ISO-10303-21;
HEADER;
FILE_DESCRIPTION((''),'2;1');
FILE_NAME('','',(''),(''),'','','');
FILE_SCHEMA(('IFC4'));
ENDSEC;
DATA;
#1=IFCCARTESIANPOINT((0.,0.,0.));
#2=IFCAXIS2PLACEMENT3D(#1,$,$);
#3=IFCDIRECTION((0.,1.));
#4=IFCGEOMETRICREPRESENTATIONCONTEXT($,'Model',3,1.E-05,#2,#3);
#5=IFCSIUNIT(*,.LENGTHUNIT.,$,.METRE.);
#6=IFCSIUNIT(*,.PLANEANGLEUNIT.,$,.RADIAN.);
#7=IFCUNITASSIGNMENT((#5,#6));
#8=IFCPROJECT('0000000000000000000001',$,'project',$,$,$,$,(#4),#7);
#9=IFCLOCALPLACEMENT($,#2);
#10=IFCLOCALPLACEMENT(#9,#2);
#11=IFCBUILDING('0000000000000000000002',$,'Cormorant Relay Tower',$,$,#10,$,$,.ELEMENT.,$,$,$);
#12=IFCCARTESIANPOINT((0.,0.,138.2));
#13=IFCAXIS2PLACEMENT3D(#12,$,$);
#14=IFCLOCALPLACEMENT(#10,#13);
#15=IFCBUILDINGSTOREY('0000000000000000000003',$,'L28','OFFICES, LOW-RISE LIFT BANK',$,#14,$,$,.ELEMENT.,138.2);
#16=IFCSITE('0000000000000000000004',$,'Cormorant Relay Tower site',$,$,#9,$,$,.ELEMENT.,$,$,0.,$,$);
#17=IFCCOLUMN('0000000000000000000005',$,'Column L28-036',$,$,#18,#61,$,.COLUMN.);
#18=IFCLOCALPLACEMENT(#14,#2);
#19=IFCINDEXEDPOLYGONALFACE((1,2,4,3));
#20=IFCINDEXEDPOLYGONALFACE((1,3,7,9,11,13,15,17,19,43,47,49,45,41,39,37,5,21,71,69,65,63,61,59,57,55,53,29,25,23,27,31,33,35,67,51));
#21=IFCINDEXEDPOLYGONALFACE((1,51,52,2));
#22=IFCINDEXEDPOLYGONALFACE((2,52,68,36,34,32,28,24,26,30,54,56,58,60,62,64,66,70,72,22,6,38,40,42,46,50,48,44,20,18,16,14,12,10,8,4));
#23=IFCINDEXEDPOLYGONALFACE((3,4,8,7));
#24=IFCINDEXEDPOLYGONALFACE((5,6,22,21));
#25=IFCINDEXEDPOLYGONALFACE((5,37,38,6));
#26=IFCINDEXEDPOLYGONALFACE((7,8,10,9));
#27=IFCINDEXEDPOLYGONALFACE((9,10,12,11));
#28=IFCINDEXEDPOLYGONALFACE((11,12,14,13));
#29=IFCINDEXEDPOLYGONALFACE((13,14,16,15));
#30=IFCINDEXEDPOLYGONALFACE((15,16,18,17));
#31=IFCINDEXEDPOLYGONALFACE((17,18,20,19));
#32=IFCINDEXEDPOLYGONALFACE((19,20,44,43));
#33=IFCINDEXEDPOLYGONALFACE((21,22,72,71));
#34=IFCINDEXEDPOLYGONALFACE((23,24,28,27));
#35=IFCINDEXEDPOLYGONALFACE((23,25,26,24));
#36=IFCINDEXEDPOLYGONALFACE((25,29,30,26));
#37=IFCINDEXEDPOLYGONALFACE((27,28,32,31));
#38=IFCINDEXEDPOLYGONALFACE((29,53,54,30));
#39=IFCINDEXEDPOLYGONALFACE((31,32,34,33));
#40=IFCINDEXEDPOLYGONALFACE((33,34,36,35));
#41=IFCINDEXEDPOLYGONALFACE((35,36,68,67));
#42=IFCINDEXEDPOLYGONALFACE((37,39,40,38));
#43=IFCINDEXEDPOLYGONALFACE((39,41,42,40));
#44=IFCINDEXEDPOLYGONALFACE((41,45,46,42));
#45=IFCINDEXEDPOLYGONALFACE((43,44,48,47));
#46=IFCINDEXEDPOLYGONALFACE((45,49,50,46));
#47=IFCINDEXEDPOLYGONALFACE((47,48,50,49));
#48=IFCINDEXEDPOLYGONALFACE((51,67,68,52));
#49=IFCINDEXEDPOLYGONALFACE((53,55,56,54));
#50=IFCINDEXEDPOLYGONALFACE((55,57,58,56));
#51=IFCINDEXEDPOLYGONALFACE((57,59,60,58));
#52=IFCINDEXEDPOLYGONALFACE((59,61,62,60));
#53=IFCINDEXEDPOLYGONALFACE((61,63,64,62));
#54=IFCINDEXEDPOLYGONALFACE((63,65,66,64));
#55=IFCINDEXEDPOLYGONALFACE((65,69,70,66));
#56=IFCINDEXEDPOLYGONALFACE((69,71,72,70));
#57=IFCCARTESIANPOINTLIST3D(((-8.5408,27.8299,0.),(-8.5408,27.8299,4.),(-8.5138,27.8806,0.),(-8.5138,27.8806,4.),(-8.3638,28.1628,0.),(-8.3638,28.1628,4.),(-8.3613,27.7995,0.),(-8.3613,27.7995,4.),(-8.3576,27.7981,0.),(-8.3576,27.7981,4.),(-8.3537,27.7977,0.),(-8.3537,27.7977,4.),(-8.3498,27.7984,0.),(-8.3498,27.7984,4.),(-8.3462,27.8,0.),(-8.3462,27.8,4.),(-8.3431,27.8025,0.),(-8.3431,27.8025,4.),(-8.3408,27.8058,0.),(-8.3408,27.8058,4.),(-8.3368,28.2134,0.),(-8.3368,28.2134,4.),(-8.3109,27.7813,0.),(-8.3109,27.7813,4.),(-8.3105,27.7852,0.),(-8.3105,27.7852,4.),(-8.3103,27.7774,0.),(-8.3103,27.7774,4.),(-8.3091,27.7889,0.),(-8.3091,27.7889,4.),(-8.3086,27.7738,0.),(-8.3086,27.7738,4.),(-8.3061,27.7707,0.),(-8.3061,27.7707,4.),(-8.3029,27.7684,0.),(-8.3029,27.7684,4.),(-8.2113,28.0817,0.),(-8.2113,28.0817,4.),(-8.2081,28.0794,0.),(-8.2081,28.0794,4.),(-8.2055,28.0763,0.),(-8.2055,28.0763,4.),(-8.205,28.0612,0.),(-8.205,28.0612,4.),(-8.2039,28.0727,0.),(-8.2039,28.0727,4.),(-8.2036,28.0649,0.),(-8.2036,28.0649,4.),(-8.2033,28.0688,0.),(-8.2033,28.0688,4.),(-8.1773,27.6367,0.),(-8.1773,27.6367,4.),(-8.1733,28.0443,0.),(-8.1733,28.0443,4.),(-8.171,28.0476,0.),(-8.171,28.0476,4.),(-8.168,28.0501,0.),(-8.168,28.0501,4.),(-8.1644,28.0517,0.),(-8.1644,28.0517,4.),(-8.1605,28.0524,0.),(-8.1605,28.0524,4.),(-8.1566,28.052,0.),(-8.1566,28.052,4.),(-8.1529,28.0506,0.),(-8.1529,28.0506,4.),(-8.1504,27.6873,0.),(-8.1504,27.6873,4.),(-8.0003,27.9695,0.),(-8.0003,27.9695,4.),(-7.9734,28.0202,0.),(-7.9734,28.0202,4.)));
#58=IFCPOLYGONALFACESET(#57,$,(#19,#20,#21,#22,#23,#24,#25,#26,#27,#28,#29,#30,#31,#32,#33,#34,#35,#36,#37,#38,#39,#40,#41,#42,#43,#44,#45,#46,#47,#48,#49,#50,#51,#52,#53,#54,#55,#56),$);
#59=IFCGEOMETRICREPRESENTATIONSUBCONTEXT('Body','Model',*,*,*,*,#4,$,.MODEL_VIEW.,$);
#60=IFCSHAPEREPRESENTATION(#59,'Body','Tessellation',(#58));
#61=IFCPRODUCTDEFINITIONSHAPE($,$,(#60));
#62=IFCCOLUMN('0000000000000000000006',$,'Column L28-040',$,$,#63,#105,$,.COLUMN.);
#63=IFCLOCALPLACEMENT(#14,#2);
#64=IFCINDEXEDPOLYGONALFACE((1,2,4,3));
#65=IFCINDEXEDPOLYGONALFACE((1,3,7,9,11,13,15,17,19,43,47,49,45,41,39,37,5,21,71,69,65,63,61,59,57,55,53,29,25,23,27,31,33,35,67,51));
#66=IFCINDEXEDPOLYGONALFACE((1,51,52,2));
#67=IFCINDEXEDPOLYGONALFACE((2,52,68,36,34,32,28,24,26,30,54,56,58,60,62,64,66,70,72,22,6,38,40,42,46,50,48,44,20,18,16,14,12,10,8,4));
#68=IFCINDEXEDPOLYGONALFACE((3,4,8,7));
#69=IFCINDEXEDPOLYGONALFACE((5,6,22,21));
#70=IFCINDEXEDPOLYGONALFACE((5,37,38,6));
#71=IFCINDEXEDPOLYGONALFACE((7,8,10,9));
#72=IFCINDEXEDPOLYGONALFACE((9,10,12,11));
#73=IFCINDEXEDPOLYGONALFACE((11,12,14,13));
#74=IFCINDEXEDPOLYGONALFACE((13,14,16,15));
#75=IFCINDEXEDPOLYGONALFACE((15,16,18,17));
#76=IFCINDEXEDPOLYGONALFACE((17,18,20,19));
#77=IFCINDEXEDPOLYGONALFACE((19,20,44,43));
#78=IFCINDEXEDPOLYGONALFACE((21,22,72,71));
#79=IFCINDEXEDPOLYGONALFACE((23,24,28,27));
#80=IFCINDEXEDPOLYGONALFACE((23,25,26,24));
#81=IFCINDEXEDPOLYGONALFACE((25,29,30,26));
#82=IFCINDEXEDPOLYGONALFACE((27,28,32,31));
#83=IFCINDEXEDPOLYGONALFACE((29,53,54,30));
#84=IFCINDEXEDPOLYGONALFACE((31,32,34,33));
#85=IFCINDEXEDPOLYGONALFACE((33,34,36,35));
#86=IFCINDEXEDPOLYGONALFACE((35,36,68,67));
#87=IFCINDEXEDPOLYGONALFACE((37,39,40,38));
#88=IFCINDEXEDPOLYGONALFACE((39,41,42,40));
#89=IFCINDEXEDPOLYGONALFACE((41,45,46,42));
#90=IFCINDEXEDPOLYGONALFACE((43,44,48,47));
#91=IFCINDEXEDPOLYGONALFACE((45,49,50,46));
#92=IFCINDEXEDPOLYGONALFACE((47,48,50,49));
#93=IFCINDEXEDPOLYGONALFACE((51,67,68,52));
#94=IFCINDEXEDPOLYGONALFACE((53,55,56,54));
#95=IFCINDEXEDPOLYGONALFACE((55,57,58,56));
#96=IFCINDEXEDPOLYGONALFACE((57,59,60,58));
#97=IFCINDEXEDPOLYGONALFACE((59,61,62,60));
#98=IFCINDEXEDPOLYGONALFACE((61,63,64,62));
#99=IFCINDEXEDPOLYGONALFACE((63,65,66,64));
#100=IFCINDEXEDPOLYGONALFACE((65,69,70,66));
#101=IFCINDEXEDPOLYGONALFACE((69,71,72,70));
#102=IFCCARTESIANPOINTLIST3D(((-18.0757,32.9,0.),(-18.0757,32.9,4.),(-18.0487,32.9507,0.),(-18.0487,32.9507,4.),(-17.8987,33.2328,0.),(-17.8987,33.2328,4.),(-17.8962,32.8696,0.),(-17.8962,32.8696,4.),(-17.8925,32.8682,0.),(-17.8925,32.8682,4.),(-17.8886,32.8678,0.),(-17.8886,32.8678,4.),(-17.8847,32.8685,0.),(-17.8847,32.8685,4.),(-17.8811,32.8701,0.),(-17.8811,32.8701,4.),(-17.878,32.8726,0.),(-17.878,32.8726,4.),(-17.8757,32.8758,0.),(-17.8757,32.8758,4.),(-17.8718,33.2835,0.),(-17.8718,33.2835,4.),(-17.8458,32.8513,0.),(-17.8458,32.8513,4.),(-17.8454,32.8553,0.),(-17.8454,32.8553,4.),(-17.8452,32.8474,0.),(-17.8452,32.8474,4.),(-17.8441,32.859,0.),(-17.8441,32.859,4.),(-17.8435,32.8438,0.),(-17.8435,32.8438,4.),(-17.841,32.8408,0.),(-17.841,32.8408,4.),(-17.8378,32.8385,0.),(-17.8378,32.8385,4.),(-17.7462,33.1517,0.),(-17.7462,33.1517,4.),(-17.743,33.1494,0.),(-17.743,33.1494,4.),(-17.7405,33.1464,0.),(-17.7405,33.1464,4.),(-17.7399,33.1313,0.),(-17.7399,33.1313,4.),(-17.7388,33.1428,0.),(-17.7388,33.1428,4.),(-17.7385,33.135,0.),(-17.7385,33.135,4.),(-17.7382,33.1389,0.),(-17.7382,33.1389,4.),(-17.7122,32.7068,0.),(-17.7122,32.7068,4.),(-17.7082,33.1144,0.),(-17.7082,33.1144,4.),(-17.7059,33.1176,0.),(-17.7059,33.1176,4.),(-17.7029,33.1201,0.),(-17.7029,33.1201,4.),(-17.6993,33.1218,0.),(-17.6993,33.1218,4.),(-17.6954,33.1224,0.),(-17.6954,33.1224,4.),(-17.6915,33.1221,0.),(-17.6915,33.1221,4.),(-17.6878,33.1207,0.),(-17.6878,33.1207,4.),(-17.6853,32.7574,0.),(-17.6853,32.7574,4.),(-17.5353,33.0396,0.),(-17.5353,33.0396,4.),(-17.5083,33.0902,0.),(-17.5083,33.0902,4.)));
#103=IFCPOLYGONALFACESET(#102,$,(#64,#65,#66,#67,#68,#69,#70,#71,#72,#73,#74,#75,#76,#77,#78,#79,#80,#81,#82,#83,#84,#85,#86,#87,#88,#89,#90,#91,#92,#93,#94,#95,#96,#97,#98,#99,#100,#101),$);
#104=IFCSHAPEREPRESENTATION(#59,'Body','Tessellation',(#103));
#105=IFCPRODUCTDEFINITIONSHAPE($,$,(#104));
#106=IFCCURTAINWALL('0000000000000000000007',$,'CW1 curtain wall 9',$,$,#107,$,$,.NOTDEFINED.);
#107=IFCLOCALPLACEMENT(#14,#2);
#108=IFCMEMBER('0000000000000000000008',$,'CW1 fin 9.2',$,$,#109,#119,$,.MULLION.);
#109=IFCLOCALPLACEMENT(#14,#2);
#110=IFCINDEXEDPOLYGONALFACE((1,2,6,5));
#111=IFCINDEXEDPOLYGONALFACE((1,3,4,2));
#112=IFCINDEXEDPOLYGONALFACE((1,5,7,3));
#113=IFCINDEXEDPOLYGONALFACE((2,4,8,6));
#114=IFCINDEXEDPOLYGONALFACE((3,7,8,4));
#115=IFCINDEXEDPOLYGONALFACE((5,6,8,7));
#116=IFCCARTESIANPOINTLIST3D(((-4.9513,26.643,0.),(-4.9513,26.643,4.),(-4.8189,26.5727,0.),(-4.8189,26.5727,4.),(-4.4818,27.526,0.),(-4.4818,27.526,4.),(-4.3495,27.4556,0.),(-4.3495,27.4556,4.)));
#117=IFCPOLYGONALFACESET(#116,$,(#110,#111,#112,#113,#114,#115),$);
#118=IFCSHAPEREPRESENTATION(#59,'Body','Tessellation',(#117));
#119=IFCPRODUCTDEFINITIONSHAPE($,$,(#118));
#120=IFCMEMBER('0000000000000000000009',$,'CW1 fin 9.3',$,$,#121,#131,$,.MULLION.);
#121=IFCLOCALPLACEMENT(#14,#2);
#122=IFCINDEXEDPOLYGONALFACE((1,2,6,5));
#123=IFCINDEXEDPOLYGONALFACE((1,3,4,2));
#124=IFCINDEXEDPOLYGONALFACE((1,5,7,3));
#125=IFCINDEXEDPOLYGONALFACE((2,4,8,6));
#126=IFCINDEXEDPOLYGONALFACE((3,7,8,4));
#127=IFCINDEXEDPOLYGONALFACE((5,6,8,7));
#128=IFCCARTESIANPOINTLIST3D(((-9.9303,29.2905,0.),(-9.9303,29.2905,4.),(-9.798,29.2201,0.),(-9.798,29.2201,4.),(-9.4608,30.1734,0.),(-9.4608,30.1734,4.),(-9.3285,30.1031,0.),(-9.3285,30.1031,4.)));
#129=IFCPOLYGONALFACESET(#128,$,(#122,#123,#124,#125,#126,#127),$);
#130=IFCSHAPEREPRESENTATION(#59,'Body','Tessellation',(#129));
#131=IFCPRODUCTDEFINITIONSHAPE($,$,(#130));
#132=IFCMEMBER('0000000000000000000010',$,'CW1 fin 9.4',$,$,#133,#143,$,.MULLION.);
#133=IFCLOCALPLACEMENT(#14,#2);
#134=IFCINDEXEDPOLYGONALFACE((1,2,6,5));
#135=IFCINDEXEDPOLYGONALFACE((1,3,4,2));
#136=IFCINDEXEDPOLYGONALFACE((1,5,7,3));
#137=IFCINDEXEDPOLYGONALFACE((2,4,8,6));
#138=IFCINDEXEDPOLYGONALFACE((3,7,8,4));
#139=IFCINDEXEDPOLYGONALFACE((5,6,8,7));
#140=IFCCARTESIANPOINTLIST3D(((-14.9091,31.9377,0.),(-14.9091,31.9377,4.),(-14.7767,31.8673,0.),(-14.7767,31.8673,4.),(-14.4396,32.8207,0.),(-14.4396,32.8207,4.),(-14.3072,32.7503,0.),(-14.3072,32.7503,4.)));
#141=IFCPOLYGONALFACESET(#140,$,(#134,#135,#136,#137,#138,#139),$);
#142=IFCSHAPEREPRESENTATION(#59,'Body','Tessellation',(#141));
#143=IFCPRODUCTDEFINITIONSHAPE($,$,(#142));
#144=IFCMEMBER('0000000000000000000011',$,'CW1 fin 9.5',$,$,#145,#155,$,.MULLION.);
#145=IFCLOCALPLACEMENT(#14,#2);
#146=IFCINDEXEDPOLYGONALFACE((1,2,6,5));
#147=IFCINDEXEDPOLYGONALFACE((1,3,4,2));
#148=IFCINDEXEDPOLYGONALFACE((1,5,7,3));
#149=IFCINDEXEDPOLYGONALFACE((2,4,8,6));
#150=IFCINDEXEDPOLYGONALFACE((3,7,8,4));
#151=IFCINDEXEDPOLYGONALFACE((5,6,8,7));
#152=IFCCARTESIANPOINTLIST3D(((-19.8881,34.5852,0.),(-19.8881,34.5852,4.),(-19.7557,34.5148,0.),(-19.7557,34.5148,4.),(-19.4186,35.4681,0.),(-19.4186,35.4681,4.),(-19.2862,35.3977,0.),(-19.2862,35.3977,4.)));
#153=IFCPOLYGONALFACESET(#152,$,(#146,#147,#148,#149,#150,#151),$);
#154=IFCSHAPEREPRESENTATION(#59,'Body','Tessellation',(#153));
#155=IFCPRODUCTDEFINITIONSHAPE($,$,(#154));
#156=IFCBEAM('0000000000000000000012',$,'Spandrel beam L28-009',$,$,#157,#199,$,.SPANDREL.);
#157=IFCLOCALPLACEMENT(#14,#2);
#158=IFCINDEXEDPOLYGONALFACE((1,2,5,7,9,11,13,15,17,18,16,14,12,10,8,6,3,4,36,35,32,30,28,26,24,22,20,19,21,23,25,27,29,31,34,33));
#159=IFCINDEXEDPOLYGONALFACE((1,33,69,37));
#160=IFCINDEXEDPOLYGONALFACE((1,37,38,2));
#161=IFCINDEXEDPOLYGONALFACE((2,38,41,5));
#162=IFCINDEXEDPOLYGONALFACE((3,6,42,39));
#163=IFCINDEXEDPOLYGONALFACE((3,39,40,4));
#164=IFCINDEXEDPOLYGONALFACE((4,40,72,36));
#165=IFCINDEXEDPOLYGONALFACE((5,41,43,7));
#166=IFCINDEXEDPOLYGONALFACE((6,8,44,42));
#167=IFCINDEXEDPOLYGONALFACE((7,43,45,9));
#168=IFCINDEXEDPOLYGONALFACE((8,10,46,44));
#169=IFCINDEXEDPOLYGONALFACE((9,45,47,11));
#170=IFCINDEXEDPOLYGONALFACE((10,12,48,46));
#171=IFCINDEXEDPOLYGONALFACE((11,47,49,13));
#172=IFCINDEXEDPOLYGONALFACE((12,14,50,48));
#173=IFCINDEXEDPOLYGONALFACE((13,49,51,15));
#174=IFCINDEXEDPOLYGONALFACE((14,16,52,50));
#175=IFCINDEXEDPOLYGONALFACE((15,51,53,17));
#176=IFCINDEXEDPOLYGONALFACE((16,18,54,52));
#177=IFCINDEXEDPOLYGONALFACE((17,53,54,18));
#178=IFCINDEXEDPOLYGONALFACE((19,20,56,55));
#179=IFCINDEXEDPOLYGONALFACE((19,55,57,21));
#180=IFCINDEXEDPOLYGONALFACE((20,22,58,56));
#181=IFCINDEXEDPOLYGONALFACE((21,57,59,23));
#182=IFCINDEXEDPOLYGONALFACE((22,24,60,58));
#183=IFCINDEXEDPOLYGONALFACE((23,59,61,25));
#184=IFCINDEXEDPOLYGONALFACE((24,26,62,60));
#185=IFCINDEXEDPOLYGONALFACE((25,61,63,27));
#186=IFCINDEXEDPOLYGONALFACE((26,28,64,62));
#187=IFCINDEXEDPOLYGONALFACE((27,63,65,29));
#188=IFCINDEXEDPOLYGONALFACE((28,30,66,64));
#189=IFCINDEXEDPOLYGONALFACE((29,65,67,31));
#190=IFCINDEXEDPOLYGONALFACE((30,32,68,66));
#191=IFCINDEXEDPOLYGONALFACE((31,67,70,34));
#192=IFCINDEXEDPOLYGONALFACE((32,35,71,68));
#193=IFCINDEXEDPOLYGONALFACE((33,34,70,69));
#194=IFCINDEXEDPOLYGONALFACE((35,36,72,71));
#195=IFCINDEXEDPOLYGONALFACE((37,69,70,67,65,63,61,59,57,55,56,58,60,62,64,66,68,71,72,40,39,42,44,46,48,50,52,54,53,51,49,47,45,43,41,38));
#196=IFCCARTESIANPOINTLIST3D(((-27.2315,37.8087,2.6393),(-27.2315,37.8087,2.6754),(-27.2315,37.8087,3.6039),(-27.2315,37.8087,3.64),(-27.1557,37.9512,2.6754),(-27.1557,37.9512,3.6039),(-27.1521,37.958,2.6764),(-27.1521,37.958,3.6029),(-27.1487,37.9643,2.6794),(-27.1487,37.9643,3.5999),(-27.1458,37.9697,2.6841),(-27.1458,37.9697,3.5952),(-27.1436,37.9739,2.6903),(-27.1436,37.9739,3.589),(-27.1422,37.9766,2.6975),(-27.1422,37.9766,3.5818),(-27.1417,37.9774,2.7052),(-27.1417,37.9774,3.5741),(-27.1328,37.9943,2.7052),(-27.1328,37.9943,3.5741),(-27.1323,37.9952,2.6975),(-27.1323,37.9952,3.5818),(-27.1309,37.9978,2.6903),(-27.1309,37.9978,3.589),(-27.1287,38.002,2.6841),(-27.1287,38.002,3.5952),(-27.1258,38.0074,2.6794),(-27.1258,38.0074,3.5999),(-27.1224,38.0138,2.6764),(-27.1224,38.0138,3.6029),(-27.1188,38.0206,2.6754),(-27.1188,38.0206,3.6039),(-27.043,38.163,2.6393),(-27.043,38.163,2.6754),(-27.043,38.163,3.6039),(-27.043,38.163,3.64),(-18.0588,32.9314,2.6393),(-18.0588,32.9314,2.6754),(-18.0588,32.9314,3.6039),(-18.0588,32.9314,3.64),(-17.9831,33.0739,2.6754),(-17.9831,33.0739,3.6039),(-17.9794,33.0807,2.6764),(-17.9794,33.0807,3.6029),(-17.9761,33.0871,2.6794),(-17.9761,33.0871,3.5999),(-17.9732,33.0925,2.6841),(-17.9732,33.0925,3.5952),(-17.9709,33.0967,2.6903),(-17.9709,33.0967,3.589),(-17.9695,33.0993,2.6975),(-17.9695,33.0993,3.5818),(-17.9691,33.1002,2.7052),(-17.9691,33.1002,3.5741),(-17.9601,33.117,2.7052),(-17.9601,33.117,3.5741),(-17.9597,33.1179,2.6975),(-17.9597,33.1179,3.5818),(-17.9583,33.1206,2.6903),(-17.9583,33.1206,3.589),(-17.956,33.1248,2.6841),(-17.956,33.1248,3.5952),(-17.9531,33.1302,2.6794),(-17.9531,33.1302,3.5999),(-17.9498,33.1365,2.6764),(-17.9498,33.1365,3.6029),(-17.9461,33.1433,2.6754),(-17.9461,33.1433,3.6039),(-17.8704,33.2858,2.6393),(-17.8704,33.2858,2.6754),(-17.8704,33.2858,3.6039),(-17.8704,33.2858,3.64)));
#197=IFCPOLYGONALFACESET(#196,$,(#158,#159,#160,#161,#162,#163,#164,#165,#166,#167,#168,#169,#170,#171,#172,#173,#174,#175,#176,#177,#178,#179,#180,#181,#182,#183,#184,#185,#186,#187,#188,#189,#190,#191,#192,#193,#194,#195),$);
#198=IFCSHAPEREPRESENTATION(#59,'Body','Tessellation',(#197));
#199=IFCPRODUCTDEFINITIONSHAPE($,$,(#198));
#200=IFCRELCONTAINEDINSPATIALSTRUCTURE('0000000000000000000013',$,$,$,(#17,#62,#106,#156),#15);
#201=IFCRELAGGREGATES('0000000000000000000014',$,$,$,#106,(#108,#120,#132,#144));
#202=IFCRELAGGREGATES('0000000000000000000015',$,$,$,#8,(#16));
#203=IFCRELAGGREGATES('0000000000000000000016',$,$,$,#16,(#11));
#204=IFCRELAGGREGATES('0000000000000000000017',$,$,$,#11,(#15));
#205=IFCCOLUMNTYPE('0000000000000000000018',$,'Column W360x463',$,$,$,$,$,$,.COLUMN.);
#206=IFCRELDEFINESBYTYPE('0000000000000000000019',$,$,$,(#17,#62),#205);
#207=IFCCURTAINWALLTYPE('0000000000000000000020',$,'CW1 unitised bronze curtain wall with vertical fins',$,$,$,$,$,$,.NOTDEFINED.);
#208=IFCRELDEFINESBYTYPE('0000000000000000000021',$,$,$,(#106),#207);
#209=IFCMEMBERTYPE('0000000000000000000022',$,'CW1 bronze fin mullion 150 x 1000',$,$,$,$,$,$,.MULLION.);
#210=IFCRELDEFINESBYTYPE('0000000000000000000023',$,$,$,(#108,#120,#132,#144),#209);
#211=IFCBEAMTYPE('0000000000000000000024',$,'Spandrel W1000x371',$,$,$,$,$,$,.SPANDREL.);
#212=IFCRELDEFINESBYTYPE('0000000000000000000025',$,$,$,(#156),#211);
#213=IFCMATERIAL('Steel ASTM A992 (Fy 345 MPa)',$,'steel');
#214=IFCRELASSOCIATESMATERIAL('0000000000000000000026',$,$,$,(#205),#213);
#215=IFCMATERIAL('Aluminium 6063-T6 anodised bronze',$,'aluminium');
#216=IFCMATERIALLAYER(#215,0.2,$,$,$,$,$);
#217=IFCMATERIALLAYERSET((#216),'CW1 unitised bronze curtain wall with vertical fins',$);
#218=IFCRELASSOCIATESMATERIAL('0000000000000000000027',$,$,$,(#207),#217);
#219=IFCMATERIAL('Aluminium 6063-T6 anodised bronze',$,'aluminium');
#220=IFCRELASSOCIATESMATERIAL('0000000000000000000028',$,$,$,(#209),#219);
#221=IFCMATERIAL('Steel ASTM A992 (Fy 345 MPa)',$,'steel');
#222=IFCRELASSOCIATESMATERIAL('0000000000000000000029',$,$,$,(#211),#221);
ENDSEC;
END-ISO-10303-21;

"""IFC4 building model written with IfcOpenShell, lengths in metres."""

from ifc_helpers import new_model, si_unit, direction, frame, origin, origin_2d, place, context, subcontext, project, spatial, rectangle, i_section, extrude, material, layer, layer_set, material_profile, profile_set, type_object, element, aggregate, save


model = new_model("IFC4")

# Units and contexts
model_context = context("Model", 3, precision=1e-05, world=origin(), true_north=direction((0.0, 1.0)))
body_context = subcontext(model_context, "Body", "Model", "MODEL_VIEW")
ifc_project = project(units=[si_unit("LENGTHUNIT", "METRE"), si_unit("PLANEANGLEUNIT", "RADIAN")], contexts=[model_context])

# Site, building, storey
site_placement = place(None, origin())
site = spatial("IfcSite", under=ifc_project, at=site_placement, Name="Cormorant Relay Tower site", CompositionType="ELEMENT", RefElevation=0.0)
building_placement = place(site_placement, origin())
building = spatial("IfcBuilding", under=site, at=building_placement, Name="Cormorant Relay Tower", CompositionType="ELEMENT")
storey_placement = place(building_placement, frame((0.0, 0.0, 138.2)))
storey = spatial("IfcBuildingStorey", under=building, at=storey_placement, Name="L28", Description="OFFICES, LOW-RISE LIFT BANK", CompositionType="ELEMENT", Elevation=138.2)

# Columns
ifc_material_1 = material(Name="Steel ASTM A992 (Fy 345 MPa)", Category="steel")
ifc_material_profile_1 = material_profile(ifc_material_1, i_section(OverallWidth=0.4116, OverallDepth=0.4343, WebThickness=0.0359, FlangeThickness=0.0574, FilletRadius=0.0151, at=origin_2d()), Name="W360x463")
ifc_profile_set_1 = profile_set([ifc_material_profile_1], Name="Steel ASTM A992 (Fy 345 MPa)")
column_type = type_object("IfcColumnType", Name="Column W360x463", PredefinedType="COLUMN", material=ifc_profile_set_1)
for number, where, z_axis, x_axis, name in (
    (1, (-8.2571, 27.925, 0.0), (0.0, 0.0, 1.0), (-0.882948, 0.469472, 0.0), "Column L28-036"),
    (2, (-17.792, 32.9951, 0.0), (0.0, 0.0, 1.0), (-0.882948, 0.469472, 0.0), "Column L28-040"),
):
    element("IfcColumn", number, at=place(storey_placement, frame(where, z_axis=z_axis, x_axis=x_axis)), inside=storey, type_object=column_type, Name=name, PredefinedType="COLUMN", context=body_context, shape_type="SweptSolid", body=[
        extrude(i_section(OverallWidth=0.4116, OverallDepth=0.4343, WebThickness=0.0359, FlangeThickness=0.0574, FilletRadius=0.0151, at=origin_2d()), origin(), (0.0, 0.0, 1.0), 4.0),
    ])

# Curtain wall, members
ifc_material_2 = material(Name="Aluminium 6063-T6 anodised bronze", Category="aluminium")
ifc_layer_1 = layer(ifc_material_2, 0.2)
ifc_layer_set_1 = layer_set([ifc_layer_1], Name="CW1 unitised bronze curtain wall with vertical fins")
curtain_wall_type = type_object("IfcCurtainWallType", Name="CW1 unitised bronze curtain wall with vertical fins", PredefinedType="NOTDEFINED", material=ifc_layer_set_1)
curtain_wall_placement = place(storey_placement, origin())
curtain_wall = element("IfcCurtainWall", 3, at=curtain_wall_placement, inside=storey, type_object=curtain_wall_type, Name="CW1 curtain wall 9", PredefinedType="NOTDEFINED")
ifc_material_3 = material(Name="Aluminium 6063-T6 anodised bronze", Category="aluminium")
ifc_material_profile_2 = material_profile(ifc_material_3, rectangle(XDim=0.1499, YDim=1.0, at=origin_2d()), Name="AL 150x1000")
ifc_profile_set_2 = profile_set([ifc_material_profile_2], Name="Aluminium 6063-T6 anodised bronze")
member_type = type_object("IfcMemberType", Name="CW1 bronze fin mullion 150 x 1000", PredefinedType="MULLION", material=ifc_profile_set_2)
member_1_placement = place(storey_placement, frame((-4.6504, 27.0493, 0.0), z_axis=(0.0, 0.0, 1.0), x_axis=(-0.882948, 0.469472, 0.0)))
member_1 = element("IfcMember", 4, at=member_1_placement, type_object=member_type, Name="CW1 fin 9.2", PredefinedType="MULLION", context=body_context, shape_type="SweptSolid", body=[
    extrude(rectangle(XDim=0.1499, YDim=1.0, at=origin_2d()), origin(), (0.0, 0.0, 1.0), 4.0),
])
member_2_placement = place(storey_placement, frame((-9.6294, 29.6968, 0.0), z_axis=(0.0, 0.0, 1.0), x_axis=(-0.882948, 0.469472, 0.0)))
member_2 = element("IfcMember", 5, at=member_2_placement, type_object=member_type, Name="CW1 fin 9.3", PredefinedType="MULLION", context=body_context, shape_type="SweptSolid", body=[
    extrude(rectangle(XDim=0.1499, YDim=1.0, at=origin_2d()), origin(), (0.0, 0.0, 1.0), 4.0),
])
member_3_placement = place(storey_placement, frame((-14.6082, 32.344, 0.0), z_axis=(0.0, 0.0, 1.0), x_axis=(-0.882948, 0.469472, 0.0)))
member_3 = element("IfcMember", 6, at=member_3_placement, type_object=member_type, Name="CW1 fin 9.4", PredefinedType="MULLION", context=body_context, shape_type="SweptSolid", body=[
    extrude(rectangle(XDim=0.1499, YDim=1.0, at=origin_2d()), origin(), (0.0, 0.0, 1.0), 4.0),
])
member_4_placement = place(storey_placement, frame((-19.5872, 34.9915, 0.0), z_axis=(0.0, 0.0, 1.0), x_axis=(-0.882948, 0.469472, 0.0)))
member_4 = element("IfcMember", 7, at=member_4_placement, type_object=member_type, Name="CW1 fin 9.5", PredefinedType="MULLION", context=body_context, shape_type="SweptSolid", body=[
    extrude(rectangle(XDim=0.1499, YDim=1.0, at=origin_2d()), origin(), (0.0, 0.0, 1.0), 4.0),
])

# Beam
ifc_material_4 = material(Name="Steel ASTM A992 (Fy 345 MPa)", Category="steel")
ifc_material_profile_3 = material_profile(ifc_material_4, i_section(OverallWidth=0.4014, OverallDepth=1.0007, WebThickness=0.019, FlangeThickness=0.0361, FilletRadius=0.0298, at=origin_2d()), Name="W1000x371")
ifc_profile_set_3 = profile_set([ifc_material_profile_3], Name="Steel ASTM A992 (Fy 345 MPa)")
beam_type_1 = type_object("IfcBeamType", Name="Spandrel W1000x371", PredefinedType="SPANDREL", material=ifc_profile_set_3)
beam_1_placement = place(storey_placement, frame((-17.9646, 33.1086, 3.1396), z_axis=(-0.882946, 0.469474, 0.0), x_axis=(-0.469474, -0.882946, 0.0)))
element("IfcBeam", 8, at=beam_1_placement, inside=storey, type_object=beam_type_1, Name="Spandrel beam L28-009", PredefinedType="SPANDREL", context=body_context, shape_type="SweptSolid", body=[
    extrude(i_section(OverallWidth=0.4014, OverallDepth=1.0007, WebThickness=0.019, FlangeThickness=0.0361, FilletRadius=0.0298, at=origin_2d()), origin(), (0.0, 0.0, 1.0), 10.3887),
])

aggregate(curtain_wall, [member_1, member_2, member_3, member_4])

save(model, "model.ifc")
